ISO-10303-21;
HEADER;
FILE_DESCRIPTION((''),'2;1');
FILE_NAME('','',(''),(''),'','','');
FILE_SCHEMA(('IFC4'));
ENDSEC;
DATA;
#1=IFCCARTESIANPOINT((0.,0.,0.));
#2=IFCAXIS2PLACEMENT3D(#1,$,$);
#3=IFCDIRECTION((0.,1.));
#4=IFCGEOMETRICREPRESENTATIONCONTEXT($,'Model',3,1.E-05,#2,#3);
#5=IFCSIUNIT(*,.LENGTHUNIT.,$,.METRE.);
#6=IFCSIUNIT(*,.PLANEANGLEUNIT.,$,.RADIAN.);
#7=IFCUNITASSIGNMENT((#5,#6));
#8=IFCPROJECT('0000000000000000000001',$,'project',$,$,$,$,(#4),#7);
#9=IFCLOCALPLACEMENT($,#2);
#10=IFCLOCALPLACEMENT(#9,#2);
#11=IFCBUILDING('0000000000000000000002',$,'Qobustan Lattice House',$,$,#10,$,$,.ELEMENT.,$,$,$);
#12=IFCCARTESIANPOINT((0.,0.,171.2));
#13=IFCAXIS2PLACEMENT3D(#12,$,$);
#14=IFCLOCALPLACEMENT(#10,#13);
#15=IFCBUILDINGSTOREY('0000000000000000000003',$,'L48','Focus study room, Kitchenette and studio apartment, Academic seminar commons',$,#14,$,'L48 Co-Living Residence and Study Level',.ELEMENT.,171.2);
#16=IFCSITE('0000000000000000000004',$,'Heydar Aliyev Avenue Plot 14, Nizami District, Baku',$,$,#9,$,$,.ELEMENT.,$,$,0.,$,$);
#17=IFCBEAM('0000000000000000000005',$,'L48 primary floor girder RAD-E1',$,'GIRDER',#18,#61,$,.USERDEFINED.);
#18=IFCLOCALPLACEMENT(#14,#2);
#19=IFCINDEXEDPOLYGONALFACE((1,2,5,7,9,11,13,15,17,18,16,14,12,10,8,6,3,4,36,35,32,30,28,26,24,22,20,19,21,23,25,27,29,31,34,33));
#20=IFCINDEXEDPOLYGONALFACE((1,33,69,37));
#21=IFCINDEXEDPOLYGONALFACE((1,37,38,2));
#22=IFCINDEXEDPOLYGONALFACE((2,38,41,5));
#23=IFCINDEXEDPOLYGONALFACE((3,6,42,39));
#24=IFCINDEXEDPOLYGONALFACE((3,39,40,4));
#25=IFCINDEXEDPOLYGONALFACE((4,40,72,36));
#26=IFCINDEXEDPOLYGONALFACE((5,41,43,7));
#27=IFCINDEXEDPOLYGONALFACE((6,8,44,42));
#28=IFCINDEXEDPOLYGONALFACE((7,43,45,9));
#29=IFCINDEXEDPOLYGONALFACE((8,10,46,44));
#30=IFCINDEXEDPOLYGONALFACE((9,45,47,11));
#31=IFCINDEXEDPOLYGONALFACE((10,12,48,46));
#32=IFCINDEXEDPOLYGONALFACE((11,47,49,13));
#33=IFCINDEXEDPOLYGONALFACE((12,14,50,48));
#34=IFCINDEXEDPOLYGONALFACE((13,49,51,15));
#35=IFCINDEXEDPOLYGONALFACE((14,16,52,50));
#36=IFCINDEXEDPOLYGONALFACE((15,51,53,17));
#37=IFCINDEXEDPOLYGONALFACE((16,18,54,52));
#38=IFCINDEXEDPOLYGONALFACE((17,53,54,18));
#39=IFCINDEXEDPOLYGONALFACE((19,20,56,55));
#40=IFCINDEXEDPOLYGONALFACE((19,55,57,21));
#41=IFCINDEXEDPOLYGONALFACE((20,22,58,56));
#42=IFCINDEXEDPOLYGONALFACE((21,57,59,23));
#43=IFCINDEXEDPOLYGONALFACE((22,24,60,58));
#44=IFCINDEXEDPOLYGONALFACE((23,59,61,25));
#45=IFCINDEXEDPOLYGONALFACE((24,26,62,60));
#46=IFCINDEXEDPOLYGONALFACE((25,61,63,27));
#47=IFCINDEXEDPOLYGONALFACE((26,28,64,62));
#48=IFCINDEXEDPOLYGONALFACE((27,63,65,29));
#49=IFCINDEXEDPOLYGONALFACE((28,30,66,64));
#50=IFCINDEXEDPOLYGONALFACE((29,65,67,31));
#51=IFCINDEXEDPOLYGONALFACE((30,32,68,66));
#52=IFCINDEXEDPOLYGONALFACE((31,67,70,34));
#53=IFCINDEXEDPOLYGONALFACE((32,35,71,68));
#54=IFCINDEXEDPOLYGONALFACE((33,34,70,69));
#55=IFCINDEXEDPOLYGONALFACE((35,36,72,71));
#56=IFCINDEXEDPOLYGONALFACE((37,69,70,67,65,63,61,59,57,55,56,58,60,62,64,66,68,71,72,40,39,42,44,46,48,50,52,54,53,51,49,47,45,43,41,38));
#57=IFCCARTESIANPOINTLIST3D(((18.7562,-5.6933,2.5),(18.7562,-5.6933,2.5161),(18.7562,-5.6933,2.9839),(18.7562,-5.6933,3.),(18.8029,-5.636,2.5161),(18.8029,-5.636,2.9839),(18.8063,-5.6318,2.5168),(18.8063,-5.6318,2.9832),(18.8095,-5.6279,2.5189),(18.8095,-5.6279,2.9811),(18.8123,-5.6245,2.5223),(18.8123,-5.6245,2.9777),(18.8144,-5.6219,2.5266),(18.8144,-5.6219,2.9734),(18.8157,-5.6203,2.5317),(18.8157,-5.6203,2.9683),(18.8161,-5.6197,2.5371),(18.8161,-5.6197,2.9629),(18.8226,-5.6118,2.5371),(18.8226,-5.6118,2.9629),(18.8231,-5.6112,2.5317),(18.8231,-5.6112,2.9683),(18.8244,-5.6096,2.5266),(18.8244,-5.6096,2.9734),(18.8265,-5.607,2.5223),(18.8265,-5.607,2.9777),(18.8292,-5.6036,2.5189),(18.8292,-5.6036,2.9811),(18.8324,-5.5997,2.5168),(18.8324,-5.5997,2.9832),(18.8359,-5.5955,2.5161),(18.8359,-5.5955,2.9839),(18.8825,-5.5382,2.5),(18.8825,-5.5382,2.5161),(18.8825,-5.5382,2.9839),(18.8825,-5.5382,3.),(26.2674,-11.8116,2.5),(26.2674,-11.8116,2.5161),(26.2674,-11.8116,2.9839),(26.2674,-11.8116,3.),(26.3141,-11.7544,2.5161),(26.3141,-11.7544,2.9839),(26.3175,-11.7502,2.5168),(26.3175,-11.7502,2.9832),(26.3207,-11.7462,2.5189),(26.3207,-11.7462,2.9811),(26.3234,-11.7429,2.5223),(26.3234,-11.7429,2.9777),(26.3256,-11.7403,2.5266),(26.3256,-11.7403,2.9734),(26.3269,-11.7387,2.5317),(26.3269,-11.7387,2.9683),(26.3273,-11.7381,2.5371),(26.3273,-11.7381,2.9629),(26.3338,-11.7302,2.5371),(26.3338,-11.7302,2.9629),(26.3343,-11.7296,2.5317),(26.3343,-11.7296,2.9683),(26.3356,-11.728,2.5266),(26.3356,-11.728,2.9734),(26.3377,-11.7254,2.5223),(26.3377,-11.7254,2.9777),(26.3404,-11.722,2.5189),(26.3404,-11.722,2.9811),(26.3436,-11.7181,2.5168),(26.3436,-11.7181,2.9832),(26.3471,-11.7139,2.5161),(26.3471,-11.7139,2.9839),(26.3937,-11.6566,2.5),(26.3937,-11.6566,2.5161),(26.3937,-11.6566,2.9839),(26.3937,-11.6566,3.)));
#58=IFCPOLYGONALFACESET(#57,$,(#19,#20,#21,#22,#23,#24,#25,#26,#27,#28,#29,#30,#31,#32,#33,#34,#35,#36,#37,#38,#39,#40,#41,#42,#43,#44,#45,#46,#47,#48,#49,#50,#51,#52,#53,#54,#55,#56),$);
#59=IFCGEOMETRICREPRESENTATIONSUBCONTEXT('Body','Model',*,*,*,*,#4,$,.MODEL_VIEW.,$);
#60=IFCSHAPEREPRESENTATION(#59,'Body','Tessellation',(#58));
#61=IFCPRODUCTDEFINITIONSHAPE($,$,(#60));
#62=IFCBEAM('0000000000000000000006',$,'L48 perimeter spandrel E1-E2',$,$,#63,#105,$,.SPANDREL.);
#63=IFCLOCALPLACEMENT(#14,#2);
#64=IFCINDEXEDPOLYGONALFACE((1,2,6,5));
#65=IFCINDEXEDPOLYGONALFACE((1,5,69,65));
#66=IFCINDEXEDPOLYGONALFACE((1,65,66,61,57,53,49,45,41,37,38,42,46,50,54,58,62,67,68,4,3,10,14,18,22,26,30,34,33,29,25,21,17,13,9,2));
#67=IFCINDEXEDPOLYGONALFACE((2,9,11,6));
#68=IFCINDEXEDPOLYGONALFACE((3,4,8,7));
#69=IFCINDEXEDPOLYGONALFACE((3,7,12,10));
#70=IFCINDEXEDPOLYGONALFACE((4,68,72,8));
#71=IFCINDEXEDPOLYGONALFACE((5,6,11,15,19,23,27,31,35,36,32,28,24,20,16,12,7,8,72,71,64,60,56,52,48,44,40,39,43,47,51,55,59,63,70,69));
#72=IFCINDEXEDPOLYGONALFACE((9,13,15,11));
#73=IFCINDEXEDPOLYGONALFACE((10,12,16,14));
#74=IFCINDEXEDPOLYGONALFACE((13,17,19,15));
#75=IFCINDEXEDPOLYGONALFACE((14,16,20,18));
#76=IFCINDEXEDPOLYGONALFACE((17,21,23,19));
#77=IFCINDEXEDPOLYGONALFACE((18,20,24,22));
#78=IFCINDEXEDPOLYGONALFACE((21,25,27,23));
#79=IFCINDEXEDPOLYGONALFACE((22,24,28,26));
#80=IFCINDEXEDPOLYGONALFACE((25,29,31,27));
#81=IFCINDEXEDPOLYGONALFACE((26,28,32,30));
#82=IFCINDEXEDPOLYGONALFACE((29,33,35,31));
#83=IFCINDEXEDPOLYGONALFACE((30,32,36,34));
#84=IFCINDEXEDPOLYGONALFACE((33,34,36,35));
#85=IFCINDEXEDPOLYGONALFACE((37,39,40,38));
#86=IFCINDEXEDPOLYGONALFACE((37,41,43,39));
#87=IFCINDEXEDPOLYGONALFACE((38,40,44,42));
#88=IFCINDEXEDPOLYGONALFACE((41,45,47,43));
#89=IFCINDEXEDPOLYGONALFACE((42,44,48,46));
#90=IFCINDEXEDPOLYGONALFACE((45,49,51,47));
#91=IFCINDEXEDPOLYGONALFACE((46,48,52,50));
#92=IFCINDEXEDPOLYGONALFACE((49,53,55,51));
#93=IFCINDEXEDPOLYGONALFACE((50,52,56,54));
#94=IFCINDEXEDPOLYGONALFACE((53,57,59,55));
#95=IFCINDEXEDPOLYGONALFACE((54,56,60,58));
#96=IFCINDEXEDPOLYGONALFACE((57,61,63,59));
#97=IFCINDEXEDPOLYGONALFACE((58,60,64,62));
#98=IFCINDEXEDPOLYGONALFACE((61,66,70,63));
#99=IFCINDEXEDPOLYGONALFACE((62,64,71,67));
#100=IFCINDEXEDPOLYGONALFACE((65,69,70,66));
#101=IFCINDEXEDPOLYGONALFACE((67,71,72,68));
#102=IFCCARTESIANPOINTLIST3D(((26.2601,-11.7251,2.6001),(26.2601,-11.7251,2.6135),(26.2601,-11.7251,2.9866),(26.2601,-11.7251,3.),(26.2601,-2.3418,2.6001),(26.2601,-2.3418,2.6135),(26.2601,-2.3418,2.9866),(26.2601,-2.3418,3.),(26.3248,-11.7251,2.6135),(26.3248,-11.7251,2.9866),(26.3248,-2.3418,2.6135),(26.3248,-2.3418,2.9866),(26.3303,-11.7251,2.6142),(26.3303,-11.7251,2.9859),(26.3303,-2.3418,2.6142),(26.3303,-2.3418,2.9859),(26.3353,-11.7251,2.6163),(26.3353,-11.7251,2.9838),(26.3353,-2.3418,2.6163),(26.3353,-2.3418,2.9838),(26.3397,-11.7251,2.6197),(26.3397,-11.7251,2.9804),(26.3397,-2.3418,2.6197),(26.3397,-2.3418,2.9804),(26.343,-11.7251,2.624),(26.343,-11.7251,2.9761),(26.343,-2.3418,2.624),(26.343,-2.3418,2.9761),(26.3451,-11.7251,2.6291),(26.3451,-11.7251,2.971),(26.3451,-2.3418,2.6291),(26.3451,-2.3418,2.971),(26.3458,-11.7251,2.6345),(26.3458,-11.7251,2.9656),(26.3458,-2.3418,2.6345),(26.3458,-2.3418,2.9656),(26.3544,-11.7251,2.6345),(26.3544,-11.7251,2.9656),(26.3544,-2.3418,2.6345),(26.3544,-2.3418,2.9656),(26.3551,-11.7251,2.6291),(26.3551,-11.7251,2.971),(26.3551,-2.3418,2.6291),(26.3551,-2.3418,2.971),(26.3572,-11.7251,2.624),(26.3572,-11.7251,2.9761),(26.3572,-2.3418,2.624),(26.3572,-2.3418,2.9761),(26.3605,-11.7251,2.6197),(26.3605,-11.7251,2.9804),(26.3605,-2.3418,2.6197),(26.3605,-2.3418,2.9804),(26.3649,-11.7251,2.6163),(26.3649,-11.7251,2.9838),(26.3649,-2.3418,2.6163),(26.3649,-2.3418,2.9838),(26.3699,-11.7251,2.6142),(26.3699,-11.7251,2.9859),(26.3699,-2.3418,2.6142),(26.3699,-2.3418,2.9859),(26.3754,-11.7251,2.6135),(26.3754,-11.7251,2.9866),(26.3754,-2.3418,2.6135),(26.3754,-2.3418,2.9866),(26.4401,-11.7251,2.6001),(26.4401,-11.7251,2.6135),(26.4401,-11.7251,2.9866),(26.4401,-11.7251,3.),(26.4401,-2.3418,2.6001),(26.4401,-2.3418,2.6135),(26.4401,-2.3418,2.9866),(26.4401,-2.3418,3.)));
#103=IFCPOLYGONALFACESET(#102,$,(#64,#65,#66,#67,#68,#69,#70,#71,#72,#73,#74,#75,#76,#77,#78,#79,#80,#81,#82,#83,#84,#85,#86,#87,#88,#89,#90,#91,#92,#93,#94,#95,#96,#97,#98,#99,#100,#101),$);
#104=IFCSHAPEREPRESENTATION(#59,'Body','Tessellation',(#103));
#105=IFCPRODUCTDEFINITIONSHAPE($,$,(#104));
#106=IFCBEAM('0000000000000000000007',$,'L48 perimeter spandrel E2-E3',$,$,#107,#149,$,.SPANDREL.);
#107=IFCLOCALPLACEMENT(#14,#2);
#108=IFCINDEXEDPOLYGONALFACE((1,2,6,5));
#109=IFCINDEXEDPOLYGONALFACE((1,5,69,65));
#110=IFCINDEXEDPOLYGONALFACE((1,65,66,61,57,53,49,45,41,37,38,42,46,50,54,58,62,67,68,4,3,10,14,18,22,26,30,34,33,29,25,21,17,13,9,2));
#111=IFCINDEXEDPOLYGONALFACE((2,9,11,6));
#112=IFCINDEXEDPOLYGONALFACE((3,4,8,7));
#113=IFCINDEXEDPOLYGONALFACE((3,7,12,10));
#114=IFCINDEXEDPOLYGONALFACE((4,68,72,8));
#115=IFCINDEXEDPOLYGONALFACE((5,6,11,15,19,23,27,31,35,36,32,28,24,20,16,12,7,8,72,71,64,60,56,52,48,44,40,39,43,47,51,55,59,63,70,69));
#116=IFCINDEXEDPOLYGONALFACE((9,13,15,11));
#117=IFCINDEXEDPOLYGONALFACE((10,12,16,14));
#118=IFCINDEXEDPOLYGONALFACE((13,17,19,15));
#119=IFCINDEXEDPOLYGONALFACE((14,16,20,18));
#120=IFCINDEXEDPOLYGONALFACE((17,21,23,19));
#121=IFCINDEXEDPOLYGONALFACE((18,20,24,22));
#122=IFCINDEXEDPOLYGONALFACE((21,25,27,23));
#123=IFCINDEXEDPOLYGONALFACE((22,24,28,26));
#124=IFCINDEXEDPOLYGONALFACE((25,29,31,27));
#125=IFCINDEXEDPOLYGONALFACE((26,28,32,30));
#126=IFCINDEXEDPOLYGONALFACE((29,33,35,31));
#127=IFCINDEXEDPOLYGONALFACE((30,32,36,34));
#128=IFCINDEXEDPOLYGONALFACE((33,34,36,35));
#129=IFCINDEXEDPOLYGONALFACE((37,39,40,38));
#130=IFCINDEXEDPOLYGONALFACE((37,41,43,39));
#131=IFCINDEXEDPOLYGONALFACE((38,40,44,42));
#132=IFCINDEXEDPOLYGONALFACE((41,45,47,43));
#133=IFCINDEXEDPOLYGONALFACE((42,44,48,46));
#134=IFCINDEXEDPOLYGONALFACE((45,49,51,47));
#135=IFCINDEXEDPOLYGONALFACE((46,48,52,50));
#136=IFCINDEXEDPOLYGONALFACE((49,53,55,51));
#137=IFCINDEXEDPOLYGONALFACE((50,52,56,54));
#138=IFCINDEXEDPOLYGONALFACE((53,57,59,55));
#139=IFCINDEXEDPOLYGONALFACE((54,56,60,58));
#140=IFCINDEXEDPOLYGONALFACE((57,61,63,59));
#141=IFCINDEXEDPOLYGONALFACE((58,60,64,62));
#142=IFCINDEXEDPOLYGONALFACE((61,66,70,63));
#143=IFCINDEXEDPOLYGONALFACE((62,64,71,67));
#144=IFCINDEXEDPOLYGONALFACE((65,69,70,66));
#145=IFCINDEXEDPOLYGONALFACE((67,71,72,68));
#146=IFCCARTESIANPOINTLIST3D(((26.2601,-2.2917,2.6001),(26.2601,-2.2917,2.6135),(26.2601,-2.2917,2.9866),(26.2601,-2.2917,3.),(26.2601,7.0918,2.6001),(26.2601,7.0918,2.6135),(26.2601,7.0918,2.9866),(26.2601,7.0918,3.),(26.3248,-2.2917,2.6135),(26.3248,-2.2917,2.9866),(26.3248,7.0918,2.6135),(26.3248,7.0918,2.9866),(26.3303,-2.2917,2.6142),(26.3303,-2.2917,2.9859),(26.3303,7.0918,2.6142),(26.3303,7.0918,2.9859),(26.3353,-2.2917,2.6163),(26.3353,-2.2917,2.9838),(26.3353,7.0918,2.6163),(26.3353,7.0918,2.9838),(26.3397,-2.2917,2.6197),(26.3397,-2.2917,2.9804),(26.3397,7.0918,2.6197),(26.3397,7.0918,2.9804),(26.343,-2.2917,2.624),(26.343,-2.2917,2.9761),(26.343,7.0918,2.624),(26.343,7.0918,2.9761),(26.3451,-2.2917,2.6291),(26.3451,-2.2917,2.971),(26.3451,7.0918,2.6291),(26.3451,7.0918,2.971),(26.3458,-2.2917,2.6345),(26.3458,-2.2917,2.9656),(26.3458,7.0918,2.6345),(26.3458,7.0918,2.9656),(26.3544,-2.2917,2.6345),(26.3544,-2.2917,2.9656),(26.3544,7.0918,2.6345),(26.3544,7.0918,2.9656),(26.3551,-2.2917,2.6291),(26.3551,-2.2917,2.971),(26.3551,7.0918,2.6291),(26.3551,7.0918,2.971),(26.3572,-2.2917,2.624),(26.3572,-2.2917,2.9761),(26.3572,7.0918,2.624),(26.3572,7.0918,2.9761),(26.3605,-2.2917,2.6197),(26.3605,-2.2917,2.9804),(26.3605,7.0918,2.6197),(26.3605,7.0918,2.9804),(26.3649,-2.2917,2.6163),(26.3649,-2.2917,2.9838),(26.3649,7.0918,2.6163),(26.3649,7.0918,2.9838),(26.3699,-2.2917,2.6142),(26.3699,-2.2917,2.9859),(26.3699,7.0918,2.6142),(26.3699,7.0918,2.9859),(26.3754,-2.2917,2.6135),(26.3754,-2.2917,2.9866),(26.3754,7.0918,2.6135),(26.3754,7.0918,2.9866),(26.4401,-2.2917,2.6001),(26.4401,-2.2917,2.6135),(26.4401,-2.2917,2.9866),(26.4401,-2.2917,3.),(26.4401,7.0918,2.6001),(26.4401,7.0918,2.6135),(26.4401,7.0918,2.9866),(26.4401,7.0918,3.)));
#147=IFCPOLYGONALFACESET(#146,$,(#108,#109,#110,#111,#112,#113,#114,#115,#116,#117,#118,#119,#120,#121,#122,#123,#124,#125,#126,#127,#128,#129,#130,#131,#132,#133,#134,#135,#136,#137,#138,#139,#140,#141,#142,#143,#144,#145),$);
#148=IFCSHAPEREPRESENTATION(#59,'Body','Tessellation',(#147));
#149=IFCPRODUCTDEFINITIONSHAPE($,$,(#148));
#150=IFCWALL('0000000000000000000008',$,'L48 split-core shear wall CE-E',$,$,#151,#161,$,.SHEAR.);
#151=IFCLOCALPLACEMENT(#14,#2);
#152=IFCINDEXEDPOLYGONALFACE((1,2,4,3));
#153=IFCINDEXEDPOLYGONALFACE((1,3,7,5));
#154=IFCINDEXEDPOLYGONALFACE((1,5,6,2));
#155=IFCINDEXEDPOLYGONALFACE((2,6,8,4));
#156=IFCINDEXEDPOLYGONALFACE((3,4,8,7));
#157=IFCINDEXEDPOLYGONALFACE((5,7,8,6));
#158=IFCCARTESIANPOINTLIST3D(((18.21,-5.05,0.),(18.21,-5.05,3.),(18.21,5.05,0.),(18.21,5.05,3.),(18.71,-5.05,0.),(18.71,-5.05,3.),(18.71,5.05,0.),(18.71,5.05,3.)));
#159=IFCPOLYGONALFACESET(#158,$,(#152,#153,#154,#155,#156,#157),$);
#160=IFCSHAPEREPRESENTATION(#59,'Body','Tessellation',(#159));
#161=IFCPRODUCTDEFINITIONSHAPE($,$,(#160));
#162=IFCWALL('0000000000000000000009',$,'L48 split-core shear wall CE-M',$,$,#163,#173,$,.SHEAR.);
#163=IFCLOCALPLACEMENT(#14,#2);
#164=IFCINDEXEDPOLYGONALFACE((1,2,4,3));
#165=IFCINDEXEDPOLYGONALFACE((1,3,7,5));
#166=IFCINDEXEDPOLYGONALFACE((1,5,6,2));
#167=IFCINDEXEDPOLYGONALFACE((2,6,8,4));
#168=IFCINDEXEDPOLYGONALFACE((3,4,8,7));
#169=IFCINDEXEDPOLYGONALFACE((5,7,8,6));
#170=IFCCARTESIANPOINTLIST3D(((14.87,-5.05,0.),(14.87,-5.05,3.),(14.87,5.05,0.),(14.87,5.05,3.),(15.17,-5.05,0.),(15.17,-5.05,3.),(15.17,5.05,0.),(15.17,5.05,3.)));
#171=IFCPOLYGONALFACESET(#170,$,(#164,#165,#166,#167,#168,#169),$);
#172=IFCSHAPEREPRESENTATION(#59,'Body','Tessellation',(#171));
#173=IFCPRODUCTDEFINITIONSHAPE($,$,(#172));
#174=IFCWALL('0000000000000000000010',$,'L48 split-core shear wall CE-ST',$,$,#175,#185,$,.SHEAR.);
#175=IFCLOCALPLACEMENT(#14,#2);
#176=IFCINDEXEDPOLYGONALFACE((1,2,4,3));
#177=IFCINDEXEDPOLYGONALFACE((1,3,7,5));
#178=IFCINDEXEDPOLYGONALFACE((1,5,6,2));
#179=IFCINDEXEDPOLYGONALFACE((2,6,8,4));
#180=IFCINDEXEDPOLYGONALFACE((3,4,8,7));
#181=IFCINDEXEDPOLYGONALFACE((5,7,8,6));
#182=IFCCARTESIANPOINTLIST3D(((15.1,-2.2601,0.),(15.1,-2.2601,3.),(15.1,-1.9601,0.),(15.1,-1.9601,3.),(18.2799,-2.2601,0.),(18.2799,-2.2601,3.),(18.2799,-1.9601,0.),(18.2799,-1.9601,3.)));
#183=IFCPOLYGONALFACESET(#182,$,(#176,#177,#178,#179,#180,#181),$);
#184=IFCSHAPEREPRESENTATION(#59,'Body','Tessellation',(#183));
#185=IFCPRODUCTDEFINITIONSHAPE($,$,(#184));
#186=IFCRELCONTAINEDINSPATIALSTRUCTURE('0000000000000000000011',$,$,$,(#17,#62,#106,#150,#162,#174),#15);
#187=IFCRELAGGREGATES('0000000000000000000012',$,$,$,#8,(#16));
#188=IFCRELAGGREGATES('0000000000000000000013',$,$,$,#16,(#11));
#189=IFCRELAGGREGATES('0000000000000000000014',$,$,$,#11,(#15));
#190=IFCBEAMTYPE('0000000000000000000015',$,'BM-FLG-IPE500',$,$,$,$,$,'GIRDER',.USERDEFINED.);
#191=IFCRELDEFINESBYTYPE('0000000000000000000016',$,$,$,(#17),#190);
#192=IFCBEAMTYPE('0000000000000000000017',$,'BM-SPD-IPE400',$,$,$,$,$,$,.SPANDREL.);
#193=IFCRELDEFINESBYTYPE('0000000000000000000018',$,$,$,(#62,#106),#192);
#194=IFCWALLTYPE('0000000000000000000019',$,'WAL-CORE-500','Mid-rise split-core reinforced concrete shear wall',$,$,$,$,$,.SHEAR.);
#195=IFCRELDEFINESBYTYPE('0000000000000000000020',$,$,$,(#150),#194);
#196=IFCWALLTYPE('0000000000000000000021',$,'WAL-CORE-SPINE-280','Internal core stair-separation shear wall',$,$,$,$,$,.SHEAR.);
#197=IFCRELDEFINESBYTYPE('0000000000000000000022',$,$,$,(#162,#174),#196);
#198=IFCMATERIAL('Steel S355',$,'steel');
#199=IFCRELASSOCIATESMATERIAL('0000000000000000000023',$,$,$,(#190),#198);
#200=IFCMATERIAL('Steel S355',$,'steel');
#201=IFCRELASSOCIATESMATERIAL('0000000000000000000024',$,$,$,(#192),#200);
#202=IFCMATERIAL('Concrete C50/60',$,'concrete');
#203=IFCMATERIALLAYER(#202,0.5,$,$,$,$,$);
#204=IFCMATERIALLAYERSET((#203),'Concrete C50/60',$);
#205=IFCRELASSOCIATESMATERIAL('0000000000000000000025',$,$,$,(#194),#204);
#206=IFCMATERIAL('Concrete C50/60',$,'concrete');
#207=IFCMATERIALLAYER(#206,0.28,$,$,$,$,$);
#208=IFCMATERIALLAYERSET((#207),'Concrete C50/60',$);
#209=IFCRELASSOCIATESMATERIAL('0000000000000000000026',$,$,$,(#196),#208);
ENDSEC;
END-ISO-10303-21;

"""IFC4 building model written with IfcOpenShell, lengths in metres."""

from ifc_helpers import new_model, si_unit, direction, frame, frame_2d, origin, origin_2d, place, context, subcontext, project, spatial, rectangle, i_section, extrude, material, layer, layer_set, material_profile, profile_set, type_object, element, save


model = new_model("IFC4")

# Units and contexts
model_context = context("Model", 3, precision=1e-05, world=origin(), true_north=direction((0.0, 1.0)))
body_context = subcontext(model_context, "Body", "Model", "MODEL_VIEW")
ifc_project = project(units=[si_unit("LENGTHUNIT", "METRE"), si_unit("PLANEANGLEUNIT", "RADIAN")], contexts=[model_context])

# Site, building, storey
site_placement = place(None, origin())
site = spatial("IfcSite", under=ifc_project, at=site_placement, Name="Heydar Aliyev Avenue Plot 14, Nizami District, Baku", CompositionType="ELEMENT", RefElevation=0.0)
building_placement = place(site_placement, origin())
building = spatial("IfcBuilding", under=site, at=building_placement, Name="Qobustan Lattice House", CompositionType="ELEMENT")
storey_placement = place(building_placement, frame((0.0, 0.0, 171.2)))
storey = spatial("IfcBuildingStorey", under=building, at=storey_placement, Name="L48", Description="Focus study room, Kitchenette and studio apartment, Academic seminar commons", LongName="L48 Co-Living Residence and Study Level", CompositionType="ELEMENT", Elevation=171.2)

# Beams
ifc_material_1 = material(Name="Steel S355", Category="steel")
ifc_material_profile_1 = material_profile(ifc_material_1, i_section(OverallWidth=0.2, OverallDepth=0.5, WebThickness=0.0103, FlangeThickness=0.0161, FilletRadius=0.021, at=origin_2d()), Name="IPE500")
ifc_profile_set_1 = profile_set([ifc_material_profile_1], Name="Steel S355")
beam_type_1 = type_object("IfcBeamType", Name="BM-FLG-IPE500", ElementType="GIRDER", PredefinedType="USERDEFINED", material=ifc_profile_set_1)
beam_1_placement = place(storey_placement, frame((26.3306, -11.7341, 2.75), z_axis=(-0.775329, 0.631558, 0.0), x_axis=(-0.631558, -0.775329, 0.0)))
element("IfcBeam", 1, at=beam_1_placement, inside=storey, type_object=beam_type_1, Name="L48 primary floor girder RAD-E1", ObjectType="GIRDER", PredefinedType="USERDEFINED", context=body_context, shape_type="SweptSolid", body=[
    extrude(i_section(OverallWidth=0.2, OverallDepth=0.5, WebThickness=0.0103, FlangeThickness=0.0161, FilletRadius=0.021, at=origin_2d()), origin(), (0.0, 0.0, 1.0), 9.6877),
])
ifc_material_2 = material(Name="Steel S355", Category="steel")
ifc_material_profile_2 = material_profile(ifc_material_2, i_section(OverallWidth=0.1799, OverallDepth=0.3999, WebThickness=0.0085, FlangeThickness=0.0134, FilletRadius=0.021, at=origin_2d()), Name="IPE400")
ifc_profile_set_2 = profile_set([ifc_material_profile_2], Name="Steel S355")
beam_type_2 = type_object("IfcBeamType", Name="BM-SPD-IPE400", PredefinedType="SPANDREL", material=ifc_profile_set_2)
beam_2_placement = place(storey_placement, frame((26.3501, -11.7251, 2.8), z_axis=(0.0, 1.0, 0.0), x_axis=(-1.0, 0.0, 0.0)))
element("IfcBeam", 2, at=beam_2_placement, inside=storey, type_object=beam_type_2, Name="L48 perimeter spandrel E1-E2", PredefinedType="SPANDREL", context=body_context, shape_type="SweptSolid", body=[
    extrude(i_section(OverallWidth=0.1799, OverallDepth=0.3999, WebThickness=0.0085, FlangeThickness=0.0134, FilletRadius=0.021, at=origin_2d()), origin(), (0.0, 0.0, 1.0), 9.3833),
])
beam_3_placement = place(storey_placement, frame((26.3501, -2.2917, 2.8), z_axis=(0.0, 1.0, 0.0), x_axis=(-1.0, 0.0, 0.0)))
element("IfcBeam", 3, at=beam_3_placement, inside=storey, type_object=beam_type_2, Name="L48 perimeter spandrel E2-E3", PredefinedType="SPANDREL", context=body_context, shape_type="SweptSolid", body=[
    extrude(i_section(OverallWidth=0.1799, OverallDepth=0.3999, WebThickness=0.0085, FlangeThickness=0.0134, FilletRadius=0.021, at=origin_2d()), origin(), (0.0, 0.0, 1.0), 9.3835),
])

# Walls
ifc_material_3 = material(Name="Concrete C50/60", Category="concrete")
ifc_layer_1 = layer(ifc_material_3, 0.5)
ifc_layer_set_1 = layer_set([ifc_layer_1], Name="Concrete C50/60")
wall_type_1 = type_object("IfcWallType", Name="WAL-CORE-500", Description="Mid-rise split-core reinforced concrete shear wall", PredefinedType="SHEAR", material=ifc_layer_set_1)
wall_1_placement = place(storey_placement, frame((18.46, -5.05, 0.0), z_axis=(0.0, 0.0, 1.0), x_axis=(0.0, 1.0, 0.0)))
element("IfcWall", 4, at=wall_1_placement, inside=storey, type_object=wall_type_1, Name="L48 split-core shear wall CE-E", PredefinedType="SHEAR", context=body_context, shape_type="SweptSolid", body=[
    extrude(rectangle(XDim=10.1001, YDim=0.5, at=frame_2d((5.05, 0.0))), origin(), (0.0, 0.0, 1.0), 3.0),
])
ifc_material_4 = material(Name="Concrete C50/60", Category="concrete")
ifc_layer_2 = layer(ifc_material_4, 0.28)
ifc_layer_set_2 = layer_set([ifc_layer_2], Name="Concrete C50/60")
wall_type_2 = type_object("IfcWallType", Name="WAL-CORE-SPINE-280", Description="Internal core stair-separation shear wall", PredefinedType="SHEAR", material=ifc_layer_set_2)
wall_2_placement = place(storey_placement, frame((15.02, -5.05, 0.0), z_axis=(0.0, 0.0, 1.0), x_axis=(0.0, 1.0, 0.0)))
element("IfcWall", 5, at=wall_2_placement, inside=storey, type_object=wall_type_2, Name="L48 split-core shear wall CE-M", PredefinedType="SHEAR", context=body_context, shape_type="SweptSolid", body=[
    extrude(rectangle(XDim=10.1001, YDim=0.3, at=frame_2d((5.05, 0.0))), origin(), (0.0, 0.0, 1.0), 3.0),
])
wall_3_placement = place(storey_placement, frame((15.1001, -2.1101, 0.0), z_axis=(0.0, 0.0, 1.0), x_axis=(1.0, 0.0, 0.0)))
element("IfcWall", 6, at=wall_3_placement, inside=storey, type_object=wall_type_2, Name="L48 split-core shear wall CE-ST", PredefinedType="SHEAR", context=body_context, shape_type="SweptSolid", body=[
    extrude(rectangle(XDim=3.1799, YDim=0.3, at=frame_2d((1.5898, 0.0))), origin(), (0.0, 0.0, 1.0), 3.0),
])

save(model, "model.ifc")
